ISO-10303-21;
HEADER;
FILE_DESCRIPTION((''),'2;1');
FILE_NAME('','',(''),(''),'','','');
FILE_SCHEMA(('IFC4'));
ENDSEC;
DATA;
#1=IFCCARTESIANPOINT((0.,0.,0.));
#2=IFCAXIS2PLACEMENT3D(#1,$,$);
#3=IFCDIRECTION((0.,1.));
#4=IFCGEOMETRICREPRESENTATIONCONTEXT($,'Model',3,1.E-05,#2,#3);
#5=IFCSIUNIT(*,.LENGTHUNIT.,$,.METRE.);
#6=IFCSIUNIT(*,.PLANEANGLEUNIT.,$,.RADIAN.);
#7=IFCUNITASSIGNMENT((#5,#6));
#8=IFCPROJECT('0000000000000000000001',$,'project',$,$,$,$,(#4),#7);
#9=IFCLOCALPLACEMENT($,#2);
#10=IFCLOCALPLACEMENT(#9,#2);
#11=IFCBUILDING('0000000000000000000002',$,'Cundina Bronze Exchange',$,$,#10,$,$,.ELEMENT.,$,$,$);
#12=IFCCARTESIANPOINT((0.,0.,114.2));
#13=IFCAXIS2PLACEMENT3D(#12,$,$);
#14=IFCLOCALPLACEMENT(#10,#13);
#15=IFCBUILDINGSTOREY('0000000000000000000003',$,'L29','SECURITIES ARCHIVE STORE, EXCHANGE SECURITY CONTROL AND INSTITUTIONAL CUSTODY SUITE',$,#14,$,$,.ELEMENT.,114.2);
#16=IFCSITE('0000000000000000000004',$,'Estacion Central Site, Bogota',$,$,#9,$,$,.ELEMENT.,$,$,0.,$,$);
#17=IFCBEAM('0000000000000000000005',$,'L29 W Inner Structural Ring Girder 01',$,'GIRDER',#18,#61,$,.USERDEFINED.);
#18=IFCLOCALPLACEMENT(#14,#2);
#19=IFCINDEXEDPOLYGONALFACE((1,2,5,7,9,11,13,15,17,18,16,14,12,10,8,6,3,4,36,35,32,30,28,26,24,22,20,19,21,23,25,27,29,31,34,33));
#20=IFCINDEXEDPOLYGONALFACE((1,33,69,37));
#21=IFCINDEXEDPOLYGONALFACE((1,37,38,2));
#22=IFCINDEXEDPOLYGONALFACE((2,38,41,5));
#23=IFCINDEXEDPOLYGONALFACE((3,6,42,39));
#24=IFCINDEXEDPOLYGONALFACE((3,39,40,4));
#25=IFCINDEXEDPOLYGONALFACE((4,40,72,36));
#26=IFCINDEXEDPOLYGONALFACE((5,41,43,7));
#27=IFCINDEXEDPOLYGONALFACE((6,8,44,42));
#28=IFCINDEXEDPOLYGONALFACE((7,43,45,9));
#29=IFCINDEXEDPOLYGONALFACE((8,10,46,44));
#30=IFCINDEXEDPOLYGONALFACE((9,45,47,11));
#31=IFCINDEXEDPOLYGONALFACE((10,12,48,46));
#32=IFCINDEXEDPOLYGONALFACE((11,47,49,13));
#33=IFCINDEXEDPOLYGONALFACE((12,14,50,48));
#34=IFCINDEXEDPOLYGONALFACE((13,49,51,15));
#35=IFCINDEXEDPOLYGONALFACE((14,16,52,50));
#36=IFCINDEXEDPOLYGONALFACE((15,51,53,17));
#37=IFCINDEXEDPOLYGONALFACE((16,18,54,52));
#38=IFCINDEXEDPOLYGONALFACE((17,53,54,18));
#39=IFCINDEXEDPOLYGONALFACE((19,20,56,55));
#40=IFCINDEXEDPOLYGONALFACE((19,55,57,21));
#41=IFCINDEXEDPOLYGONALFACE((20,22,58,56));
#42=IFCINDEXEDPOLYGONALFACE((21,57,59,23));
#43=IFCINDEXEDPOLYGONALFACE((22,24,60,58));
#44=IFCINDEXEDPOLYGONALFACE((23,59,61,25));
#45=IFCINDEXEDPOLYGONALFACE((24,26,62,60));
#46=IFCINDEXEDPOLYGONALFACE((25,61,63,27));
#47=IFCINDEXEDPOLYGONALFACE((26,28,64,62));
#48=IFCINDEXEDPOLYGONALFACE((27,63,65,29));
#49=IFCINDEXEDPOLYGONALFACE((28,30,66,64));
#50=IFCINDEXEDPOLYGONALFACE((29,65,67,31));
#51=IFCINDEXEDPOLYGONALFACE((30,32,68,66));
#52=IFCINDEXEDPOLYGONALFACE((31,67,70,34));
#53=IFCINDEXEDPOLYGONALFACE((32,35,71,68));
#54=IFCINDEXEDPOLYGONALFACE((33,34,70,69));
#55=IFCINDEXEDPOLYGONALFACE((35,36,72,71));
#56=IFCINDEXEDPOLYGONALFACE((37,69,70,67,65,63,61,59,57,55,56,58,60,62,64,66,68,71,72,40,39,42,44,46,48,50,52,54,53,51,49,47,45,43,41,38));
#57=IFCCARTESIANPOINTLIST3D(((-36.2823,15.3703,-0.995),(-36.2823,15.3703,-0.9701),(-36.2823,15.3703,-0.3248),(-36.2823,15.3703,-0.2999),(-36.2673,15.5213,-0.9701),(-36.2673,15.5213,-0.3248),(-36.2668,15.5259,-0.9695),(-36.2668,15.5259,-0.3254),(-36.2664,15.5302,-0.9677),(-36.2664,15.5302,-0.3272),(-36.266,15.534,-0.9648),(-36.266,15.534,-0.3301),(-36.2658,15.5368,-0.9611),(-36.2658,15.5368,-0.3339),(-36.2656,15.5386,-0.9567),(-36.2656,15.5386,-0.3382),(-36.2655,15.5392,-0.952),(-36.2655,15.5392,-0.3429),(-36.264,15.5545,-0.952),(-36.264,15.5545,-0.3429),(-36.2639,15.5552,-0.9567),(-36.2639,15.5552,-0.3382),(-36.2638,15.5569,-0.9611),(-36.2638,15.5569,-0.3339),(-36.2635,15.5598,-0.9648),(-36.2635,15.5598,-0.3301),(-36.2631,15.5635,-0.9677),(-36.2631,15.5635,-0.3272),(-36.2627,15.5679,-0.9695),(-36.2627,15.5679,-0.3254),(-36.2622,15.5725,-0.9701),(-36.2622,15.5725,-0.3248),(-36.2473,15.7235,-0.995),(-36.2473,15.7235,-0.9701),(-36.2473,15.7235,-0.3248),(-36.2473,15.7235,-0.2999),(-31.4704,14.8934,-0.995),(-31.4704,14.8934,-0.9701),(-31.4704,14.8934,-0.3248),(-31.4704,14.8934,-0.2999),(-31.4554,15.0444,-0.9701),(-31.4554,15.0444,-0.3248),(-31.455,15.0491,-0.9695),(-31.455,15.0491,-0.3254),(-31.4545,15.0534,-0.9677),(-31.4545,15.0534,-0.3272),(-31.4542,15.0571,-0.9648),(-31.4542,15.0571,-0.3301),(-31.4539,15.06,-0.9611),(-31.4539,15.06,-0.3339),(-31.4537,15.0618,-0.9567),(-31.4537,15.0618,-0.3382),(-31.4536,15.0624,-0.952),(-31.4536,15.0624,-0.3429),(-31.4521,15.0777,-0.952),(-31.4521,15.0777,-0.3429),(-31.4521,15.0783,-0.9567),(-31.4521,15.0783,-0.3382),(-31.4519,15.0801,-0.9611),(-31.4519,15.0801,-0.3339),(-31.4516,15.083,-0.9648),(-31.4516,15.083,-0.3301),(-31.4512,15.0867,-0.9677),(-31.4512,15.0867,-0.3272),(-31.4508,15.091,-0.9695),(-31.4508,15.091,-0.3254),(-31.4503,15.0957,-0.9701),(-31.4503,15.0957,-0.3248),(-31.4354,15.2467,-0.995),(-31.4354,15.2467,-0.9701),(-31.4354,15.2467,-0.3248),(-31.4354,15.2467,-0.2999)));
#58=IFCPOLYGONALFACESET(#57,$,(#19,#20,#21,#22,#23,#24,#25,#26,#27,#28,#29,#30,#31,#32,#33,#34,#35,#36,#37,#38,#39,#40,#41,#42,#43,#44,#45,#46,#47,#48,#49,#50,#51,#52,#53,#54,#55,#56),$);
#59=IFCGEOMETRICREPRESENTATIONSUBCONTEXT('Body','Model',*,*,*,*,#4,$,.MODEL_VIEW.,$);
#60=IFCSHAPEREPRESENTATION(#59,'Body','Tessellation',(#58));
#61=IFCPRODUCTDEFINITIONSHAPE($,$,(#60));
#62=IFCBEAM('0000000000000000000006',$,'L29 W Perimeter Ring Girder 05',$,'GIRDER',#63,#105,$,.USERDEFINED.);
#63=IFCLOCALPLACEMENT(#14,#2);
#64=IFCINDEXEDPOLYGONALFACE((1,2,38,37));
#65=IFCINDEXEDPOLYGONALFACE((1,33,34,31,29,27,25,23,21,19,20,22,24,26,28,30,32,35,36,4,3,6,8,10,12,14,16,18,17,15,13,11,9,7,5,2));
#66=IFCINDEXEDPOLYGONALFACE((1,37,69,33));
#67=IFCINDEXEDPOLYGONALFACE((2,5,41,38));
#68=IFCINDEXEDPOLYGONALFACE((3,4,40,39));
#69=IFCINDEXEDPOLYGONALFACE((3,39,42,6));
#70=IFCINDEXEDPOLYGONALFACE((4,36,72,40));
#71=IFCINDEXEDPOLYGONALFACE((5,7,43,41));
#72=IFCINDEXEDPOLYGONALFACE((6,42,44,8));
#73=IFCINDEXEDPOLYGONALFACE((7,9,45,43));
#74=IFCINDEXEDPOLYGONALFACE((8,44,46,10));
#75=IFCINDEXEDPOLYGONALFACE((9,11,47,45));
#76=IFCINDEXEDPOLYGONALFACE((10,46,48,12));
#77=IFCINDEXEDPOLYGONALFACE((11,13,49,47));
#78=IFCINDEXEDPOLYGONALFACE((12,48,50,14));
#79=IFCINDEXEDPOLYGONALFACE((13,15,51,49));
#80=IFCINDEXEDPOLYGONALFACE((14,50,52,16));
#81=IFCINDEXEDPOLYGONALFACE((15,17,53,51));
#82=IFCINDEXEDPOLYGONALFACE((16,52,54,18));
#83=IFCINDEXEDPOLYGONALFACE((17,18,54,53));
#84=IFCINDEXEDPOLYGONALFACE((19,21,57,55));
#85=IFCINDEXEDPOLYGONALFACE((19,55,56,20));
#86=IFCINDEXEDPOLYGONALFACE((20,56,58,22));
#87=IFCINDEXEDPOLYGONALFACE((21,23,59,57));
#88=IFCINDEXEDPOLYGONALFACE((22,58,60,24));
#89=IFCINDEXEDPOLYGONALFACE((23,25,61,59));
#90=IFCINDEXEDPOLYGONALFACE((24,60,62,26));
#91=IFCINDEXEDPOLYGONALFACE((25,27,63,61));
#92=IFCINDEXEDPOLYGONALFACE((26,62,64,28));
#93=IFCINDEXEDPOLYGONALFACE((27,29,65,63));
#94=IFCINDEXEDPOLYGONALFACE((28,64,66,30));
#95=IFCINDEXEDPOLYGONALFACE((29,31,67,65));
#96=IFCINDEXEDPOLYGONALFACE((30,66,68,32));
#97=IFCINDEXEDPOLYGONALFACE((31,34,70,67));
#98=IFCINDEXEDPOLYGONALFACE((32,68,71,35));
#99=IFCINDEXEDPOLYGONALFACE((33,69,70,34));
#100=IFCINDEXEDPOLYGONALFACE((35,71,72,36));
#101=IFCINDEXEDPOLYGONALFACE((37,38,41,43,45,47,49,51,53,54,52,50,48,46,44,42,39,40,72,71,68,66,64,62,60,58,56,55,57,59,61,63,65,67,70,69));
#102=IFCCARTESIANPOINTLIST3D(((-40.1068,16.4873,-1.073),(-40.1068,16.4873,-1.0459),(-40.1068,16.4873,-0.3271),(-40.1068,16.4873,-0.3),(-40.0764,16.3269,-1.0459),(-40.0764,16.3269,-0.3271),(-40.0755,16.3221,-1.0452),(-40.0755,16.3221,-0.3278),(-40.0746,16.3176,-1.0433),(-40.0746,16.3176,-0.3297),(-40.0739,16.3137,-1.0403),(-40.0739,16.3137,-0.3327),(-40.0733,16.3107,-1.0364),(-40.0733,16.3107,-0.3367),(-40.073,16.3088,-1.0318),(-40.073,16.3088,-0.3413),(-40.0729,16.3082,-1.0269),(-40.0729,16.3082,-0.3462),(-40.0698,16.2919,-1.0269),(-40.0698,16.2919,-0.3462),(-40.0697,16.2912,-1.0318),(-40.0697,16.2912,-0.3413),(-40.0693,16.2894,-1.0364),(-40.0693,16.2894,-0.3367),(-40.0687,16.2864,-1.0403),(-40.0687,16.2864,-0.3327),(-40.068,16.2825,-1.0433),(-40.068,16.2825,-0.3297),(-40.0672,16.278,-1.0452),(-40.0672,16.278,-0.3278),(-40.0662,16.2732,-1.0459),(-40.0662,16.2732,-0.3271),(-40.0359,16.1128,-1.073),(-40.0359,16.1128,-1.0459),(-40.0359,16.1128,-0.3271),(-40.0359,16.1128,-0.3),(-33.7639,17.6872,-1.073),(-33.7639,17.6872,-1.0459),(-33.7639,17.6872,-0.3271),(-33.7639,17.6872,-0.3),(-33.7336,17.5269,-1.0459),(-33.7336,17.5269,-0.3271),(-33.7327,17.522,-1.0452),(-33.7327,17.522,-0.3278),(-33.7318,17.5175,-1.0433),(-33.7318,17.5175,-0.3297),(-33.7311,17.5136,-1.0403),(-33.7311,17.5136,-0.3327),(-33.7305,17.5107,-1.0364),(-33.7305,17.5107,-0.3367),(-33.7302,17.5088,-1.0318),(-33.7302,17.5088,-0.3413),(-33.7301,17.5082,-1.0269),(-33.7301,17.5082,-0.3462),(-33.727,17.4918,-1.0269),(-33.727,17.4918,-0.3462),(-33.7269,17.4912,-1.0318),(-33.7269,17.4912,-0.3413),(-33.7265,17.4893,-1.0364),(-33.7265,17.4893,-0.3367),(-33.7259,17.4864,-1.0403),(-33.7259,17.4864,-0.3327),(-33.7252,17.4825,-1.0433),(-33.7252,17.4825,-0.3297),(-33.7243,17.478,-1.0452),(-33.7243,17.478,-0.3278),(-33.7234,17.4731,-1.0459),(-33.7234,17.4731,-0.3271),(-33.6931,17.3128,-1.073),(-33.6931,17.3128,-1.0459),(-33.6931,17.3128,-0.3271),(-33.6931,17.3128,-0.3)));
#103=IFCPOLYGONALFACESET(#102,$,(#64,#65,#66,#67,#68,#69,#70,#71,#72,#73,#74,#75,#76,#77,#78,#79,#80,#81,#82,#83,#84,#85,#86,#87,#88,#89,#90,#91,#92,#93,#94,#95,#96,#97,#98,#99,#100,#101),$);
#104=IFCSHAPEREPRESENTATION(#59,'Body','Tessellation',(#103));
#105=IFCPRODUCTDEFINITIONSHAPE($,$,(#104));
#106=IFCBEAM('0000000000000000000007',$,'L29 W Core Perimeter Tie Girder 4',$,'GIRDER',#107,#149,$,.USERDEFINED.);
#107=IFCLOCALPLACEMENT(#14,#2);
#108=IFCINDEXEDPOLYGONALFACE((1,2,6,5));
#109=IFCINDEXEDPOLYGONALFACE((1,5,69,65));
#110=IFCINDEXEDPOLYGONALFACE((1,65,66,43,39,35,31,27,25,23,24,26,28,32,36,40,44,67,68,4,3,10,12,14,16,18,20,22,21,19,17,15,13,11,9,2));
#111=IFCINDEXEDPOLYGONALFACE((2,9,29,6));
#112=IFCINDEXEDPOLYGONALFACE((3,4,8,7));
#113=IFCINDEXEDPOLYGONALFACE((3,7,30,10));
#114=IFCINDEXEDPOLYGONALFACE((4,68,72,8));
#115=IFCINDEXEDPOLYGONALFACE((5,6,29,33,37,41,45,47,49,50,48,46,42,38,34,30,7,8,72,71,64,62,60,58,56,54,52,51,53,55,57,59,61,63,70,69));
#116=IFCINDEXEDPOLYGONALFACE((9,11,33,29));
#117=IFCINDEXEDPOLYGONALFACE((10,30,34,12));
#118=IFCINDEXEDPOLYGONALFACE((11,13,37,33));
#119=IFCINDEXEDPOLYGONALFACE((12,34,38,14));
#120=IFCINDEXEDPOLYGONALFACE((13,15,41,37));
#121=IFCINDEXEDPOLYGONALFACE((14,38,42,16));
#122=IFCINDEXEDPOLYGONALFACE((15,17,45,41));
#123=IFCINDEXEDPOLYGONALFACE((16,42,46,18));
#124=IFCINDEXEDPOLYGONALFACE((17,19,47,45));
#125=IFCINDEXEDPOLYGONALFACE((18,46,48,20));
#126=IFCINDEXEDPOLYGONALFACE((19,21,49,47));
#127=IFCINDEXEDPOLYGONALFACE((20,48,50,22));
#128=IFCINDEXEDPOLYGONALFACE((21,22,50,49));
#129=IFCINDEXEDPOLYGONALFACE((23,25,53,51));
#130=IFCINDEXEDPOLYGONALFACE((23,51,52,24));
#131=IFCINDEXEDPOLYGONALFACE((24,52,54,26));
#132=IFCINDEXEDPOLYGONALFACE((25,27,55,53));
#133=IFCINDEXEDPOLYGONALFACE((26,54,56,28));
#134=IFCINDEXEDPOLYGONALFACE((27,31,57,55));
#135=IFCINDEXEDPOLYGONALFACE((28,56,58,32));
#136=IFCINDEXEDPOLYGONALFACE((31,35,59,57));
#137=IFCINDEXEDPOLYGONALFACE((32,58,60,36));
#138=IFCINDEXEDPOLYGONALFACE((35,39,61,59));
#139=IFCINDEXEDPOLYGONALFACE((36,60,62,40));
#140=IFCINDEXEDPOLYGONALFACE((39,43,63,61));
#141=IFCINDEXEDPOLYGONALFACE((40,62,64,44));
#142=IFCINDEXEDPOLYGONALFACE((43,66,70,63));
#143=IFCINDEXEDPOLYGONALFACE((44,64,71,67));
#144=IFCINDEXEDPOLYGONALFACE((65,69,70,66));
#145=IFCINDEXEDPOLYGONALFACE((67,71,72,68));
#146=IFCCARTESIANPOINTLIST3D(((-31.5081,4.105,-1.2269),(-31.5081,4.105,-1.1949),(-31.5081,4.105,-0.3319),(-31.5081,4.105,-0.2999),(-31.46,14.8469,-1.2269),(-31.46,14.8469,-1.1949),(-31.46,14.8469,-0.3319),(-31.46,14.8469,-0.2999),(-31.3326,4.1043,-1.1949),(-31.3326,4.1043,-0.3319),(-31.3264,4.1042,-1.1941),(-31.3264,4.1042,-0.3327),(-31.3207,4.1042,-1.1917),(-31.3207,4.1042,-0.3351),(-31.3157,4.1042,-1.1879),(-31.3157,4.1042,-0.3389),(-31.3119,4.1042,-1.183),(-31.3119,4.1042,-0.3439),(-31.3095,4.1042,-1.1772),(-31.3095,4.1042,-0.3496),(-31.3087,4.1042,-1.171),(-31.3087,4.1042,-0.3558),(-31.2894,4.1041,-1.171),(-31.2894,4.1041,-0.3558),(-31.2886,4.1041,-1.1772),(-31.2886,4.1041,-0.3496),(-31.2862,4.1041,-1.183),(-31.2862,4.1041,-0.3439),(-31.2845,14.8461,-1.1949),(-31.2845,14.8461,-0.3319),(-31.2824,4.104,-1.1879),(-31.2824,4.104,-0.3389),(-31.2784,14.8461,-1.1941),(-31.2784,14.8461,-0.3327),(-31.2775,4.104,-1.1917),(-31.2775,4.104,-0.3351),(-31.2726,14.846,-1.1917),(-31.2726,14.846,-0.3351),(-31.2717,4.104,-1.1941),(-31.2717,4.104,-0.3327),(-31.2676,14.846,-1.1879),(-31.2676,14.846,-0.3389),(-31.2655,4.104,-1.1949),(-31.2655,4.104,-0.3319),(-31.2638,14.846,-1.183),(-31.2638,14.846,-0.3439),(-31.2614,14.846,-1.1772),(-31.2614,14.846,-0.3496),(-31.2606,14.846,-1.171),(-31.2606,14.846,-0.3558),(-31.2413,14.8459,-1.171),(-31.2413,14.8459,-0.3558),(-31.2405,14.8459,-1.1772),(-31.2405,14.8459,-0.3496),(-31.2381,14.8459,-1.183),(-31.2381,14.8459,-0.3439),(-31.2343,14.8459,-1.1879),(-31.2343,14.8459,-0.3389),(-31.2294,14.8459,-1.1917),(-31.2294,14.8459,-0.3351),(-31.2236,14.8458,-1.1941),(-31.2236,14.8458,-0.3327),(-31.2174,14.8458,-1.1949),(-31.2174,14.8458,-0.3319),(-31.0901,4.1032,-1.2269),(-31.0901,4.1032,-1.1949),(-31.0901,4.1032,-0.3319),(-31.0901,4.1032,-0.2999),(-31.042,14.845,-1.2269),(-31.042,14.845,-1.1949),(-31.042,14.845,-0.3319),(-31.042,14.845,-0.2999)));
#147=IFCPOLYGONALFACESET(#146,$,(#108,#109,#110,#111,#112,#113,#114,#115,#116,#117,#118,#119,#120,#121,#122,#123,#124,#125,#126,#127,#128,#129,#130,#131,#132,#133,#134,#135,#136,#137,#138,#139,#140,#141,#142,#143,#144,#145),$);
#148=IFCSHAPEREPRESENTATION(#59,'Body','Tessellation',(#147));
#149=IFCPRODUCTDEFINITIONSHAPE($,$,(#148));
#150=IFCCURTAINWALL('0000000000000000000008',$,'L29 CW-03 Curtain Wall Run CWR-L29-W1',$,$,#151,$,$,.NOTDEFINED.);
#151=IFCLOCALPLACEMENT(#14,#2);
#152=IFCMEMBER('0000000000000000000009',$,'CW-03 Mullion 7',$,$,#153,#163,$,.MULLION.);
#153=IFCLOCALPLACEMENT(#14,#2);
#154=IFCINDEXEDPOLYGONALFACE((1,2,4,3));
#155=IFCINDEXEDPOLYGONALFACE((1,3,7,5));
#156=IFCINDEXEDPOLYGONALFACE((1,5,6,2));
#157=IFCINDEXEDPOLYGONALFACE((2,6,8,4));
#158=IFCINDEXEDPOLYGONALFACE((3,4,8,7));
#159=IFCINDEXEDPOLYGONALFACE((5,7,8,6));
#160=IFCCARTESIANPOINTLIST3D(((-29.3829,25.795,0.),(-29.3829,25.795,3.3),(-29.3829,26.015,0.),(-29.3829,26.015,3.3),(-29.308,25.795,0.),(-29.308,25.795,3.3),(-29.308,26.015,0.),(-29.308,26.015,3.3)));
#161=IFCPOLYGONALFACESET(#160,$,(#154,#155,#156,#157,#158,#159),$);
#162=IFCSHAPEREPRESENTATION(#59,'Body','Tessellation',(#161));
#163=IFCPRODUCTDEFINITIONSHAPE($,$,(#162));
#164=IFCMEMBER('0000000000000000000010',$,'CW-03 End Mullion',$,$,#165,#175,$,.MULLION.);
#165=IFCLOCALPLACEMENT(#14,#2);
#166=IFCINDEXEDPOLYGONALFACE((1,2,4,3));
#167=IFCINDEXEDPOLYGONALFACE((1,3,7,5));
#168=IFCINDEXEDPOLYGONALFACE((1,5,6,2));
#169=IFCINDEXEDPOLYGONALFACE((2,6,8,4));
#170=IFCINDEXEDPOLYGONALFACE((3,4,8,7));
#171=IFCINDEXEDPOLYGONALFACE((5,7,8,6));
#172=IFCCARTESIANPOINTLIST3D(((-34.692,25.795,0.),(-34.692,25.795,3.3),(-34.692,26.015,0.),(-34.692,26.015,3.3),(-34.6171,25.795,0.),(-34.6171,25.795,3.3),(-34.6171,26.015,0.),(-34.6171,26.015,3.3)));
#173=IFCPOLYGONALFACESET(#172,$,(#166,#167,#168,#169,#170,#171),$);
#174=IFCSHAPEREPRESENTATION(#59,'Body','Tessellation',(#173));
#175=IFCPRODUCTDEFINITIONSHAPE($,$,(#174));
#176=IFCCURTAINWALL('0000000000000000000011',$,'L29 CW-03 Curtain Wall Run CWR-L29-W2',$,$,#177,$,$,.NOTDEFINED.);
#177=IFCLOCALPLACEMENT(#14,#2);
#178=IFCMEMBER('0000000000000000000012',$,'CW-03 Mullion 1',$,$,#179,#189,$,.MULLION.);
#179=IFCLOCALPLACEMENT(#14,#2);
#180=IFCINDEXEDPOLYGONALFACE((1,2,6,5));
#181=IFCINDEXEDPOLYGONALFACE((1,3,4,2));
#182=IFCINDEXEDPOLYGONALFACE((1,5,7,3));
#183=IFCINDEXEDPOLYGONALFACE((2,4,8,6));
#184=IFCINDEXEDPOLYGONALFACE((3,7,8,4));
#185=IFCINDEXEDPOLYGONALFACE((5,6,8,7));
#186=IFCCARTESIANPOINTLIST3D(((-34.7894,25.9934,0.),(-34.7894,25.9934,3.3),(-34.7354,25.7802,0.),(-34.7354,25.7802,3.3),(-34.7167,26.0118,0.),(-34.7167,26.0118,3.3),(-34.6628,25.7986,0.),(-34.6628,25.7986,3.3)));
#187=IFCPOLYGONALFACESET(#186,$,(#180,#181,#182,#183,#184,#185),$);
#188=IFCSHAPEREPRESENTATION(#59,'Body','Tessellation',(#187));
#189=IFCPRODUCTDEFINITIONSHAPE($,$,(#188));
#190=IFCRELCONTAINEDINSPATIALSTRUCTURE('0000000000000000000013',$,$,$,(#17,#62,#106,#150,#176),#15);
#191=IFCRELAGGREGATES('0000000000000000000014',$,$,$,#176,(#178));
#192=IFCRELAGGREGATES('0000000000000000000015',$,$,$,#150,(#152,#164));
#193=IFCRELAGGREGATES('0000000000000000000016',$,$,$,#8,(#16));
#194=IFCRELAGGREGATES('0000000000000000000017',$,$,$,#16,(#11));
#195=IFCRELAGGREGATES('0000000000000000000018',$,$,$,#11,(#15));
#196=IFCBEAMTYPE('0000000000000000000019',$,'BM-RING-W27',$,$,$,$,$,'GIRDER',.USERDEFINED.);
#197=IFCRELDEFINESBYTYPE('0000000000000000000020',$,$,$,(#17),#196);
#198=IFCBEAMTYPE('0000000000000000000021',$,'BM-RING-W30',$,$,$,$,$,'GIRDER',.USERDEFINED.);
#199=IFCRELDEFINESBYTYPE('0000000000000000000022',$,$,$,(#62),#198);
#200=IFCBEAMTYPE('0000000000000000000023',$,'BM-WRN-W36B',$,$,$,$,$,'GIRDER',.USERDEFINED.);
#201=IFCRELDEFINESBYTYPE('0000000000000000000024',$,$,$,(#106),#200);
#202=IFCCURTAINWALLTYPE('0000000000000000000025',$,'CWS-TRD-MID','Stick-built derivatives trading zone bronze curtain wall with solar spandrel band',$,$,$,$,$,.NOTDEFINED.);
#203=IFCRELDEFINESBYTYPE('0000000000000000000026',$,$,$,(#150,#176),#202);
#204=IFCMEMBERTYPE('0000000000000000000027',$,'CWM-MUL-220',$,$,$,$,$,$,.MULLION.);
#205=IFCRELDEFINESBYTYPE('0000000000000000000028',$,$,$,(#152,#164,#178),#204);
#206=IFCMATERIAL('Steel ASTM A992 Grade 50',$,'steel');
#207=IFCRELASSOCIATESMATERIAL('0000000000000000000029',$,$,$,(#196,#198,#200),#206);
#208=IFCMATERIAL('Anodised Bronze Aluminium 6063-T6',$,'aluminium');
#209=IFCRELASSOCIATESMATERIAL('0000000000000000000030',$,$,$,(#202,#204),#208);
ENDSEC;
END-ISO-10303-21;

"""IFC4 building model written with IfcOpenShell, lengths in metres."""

from ifc_helpers import new_model, si_unit, direction, frame, origin, origin_2d, place, context, subcontext, project, spatial, rectangle, i_section, extrude, material, material_profile, profile_set, type_object, element, aggregate, save


model = new_model("IFC4")

# Units and contexts
model_context = context("Model", 3, precision=1e-05, world=origin(), true_north=direction((0.0, 1.0)))
body_context = subcontext(model_context, "Body", "Model", "MODEL_VIEW")
ifc_project = project(units=[si_unit("LENGTHUNIT", "METRE"), si_unit("PLANEANGLEUNIT", "RADIAN")], contexts=[model_context])

# Site, building, storey
site_placement = place(None, origin())
site = spatial("IfcSite", under=ifc_project, at=site_placement, Name="Estacion Central Site, Bogota", CompositionType="ELEMENT", RefElevation=0.0)
building_placement = place(site_placement, origin())
building = spatial("IfcBuilding", under=site, at=building_placement, Name="Cundina Bronze Exchange", CompositionType="ELEMENT")
storey_placement = place(building_placement, frame((0.0, 0.0, 114.2)))
storey = spatial("IfcBuildingStorey", under=building, at=storey_placement, Name="L29", Description="SECURITIES ARCHIVE STORE, EXCHANGE SECURITY CONTROL AND INSTITUTIONAL CUSTODY SUITE", CompositionType="ELEMENT", Elevation=114.2)

# Shared definitions
ifc_material_1 = material(Name="Steel ASTM A992 Grade 50", Category="steel")

# Beams
ifc_material_profile_1 = material_profile(ifc_material_1, i_section(OverallWidth=0.355, OverallDepth=0.6951, WebThickness=0.0154, FlangeThickness=0.0249, FilletRadius=0.0181, at=origin_2d()), Name="W27X146", Category="steel")
ifc_profile_set_1 = profile_set([ifc_material_profile_1], Name="Steel ASTM A992 Grade 50")
beam_type_1 = type_object("IfcBeamType", Name="BM-RING-W27", ElementType="GIRDER", PredefinedType="USERDEFINED", material=ifc_profile_set_1)
beam_1_placement = place(storey_placement, frame((-31.4529, 15.0701, -0.6475), z_axis=(-0.995126, 0.098609, 0.0), x_axis=(-0.098609, -0.995126, 0.0)))
element("IfcBeam", 1, at=beam_1_placement, inside=storey, type_object=beam_type_1, Name="L29 W Inner Structural Ring Girder 01", ObjectType="GIRDER", PredefinedType="USERDEFINED", context=body_context, shape_type="SweptSolid", body=[
    extrude(i_section(OverallWidth=0.355, OverallDepth=0.6951, WebThickness=0.0154, FlangeThickness=0.0249, FilletRadius=0.0181, at=origin_2d()), origin(), (0.0, 0.0, 1.0), 4.8354),
])
ifc_material_profile_2 = material_profile(ifc_material_1, i_section(OverallWidth=0.3811, OverallDepth=0.7729, WebThickness=0.0166, FlangeThickness=0.0271, FilletRadius=0.019, at=origin_2d()), Name="W30X173", Category="steel")
ifc_profile_set_2 = profile_set([ifc_material_profile_2], Name="Steel ASTM A992 Grade 50")
beam_type_2 = type_object("IfcBeamType", Name="BM-RING-W30", ElementType="GIRDER", PredefinedType="USERDEFINED", material=ifc_profile_set_2)
beam_2_placement = place(storey_placement, frame((-33.7285, 17.5, -0.6865), z_axis=(-0.982571, -0.185887, 0.0), x_axis=(0.185887, -0.982571, 0.0)))
element("IfcBeam", 2, at=beam_2_placement, inside=storey, type_object=beam_type_2, Name="L29 W Perimeter Ring Girder 05", ObjectType="GIRDER", PredefinedType="USERDEFINED", context=body_context, shape_type="SweptSolid", body=[
    extrude(i_section(OverallWidth=0.3811, OverallDepth=0.7729, WebThickness=0.0166, FlangeThickness=0.0271, FilletRadius=0.019, at=origin_2d()), origin(), (0.0, 0.0, 1.0), 6.4553),
])
ifc_material_profile_3 = material_profile(ifc_material_1, i_section(OverallWidth=0.418, OverallDepth=0.927, WebThickness=0.0193, FlangeThickness=0.032, FilletRadius=0.0239, at=origin_2d()), Name="W36X231", Category="steel")
ifc_profile_set_3 = profile_set([ifc_material_profile_3], Name="Steel ASTM A992 Grade 50")
beam_type_3 = type_object("IfcBeamType", Name="BM-WRN-W36B", ElementType="GIRDER", PredefinedType="USERDEFINED", material=ifc_profile_set_3)
beam_3_placement = place(storey_placement, frame((-31.251, 14.8459, -0.7634), z_axis=(-0.004477, -0.99999, 0.0), x_axis=(0.99999, -0.004477, 0.0)))
element("IfcBeam", 3, at=beam_3_placement, inside=storey, type_object=beam_type_3, Name="L29 W Core Perimeter Tie Girder 4", ObjectType="GIRDER", PredefinedType="USERDEFINED", context=body_context, shape_type="SweptSolid", body=[
    extrude(i_section(OverallWidth=0.418, OverallDepth=0.927, WebThickness=0.0193, FlangeThickness=0.032, FilletRadius=0.0239, at=origin_2d()), origin(), (0.0, 0.0, 1.0), 10.7419),
])

# Curtain wall, members
ifc_material_2 = material(Name="Anodised Bronze Aluminium 6063-T6", Category="aluminium")
curtain_wall_type = type_object("IfcCurtainWallType", Name="CWS-TRD-MID", Description="Stick-built derivatives trading zone bronze curtain wall with solar spandrel band", PredefinedType="NOTDEFINED", material=ifc_material_2)
curtain_wall_1_placement = place(storey_placement, origin())
curtain_wall_1 = element("IfcCurtainWall", 4, at=curtain_wall_1_placement, inside=storey, type_object=curtain_wall_type, Name="L29 CW-03 Curtain Wall Run CWR-L29-W1", PredefinedType="NOTDEFINED")
ifc_material_profile_4 = material_profile(ifc_material_2, rectangle(XDim=0.075, YDim=0.22, at=origin_2d()), Name="AL75X220", Category="aluminium")
ifc_profile_set_4 = profile_set([ifc_material_profile_4], Name="Anodised Bronze Aluminium 6063-T6")
member_type_1 = type_object("IfcMemberType", Name="CWM-MUL-220", PredefinedType="MULLION", material=ifc_profile_set_4)
member_1_placement = place(storey_placement, frame((-29.3455, 25.905, 0.0), z_axis=(0.0, 0.0, 1.0), x_axis=(-1.0, 0.0, 0.0)))
member_1 = element("IfcMember", 5, at=member_1_placement, type_object=member_type_1, Name="CW-03 Mullion 7", PredefinedType="MULLION", context=body_context, shape_type="SweptSolid", body=[
    extrude(rectangle(XDim=0.075, YDim=0.22, at=origin_2d()), origin(), (0.0, 0.0, 1.0), 3.3),
])
member_2_placement = place(storey_placement, frame((-34.6545, 25.905, 0.0), z_axis=(0.0, 0.0, 1.0), x_axis=(-1.0, 0.0, 0.0)))
member_2 = element("IfcMember", 6, at=member_2_placement, type_object=member_type_1, Name="CW-03 End Mullion", PredefinedType="MULLION", context=body_context, shape_type="SweptSolid", body=[
    extrude(rectangle(XDim=0.075, YDim=0.22, at=origin_2d()), origin(), (0.0, 0.0, 1.0), 3.3),
])

# Curtain wall, member
curtain_wall_2_placement = place(storey_placement, origin())
curtain_wall_2 = element("IfcCurtainWall", 7, at=curtain_wall_2_placement, inside=storey, type_object=curtain_wall_type, Name="L29 CW-03 Curtain Wall Run CWR-L29-W2", PredefinedType="NOTDEFINED")
member_3_placement = place(storey_placement, frame((-34.7261, 25.896, 0.0), z_axis=(0.0, 0.0, 1.0), x_axis=(-0.969488, -0.245138, 0.0)))
member_3 = element("IfcMember", 8, at=member_3_placement, type_object=member_type_1, Name="CW-03 Mullion 1", PredefinedType="MULLION", context=body_context, shape_type="SweptSolid", body=[
    extrude(rectangle(XDim=0.075, YDim=0.22, at=origin_2d()), origin(), (0.0, 0.0, 1.0), 3.3),
])

aggregate(curtain_wall_2, [member_3])

aggregate(curtain_wall_1, [member_1, member_2])

save(model, "model.ifc")
